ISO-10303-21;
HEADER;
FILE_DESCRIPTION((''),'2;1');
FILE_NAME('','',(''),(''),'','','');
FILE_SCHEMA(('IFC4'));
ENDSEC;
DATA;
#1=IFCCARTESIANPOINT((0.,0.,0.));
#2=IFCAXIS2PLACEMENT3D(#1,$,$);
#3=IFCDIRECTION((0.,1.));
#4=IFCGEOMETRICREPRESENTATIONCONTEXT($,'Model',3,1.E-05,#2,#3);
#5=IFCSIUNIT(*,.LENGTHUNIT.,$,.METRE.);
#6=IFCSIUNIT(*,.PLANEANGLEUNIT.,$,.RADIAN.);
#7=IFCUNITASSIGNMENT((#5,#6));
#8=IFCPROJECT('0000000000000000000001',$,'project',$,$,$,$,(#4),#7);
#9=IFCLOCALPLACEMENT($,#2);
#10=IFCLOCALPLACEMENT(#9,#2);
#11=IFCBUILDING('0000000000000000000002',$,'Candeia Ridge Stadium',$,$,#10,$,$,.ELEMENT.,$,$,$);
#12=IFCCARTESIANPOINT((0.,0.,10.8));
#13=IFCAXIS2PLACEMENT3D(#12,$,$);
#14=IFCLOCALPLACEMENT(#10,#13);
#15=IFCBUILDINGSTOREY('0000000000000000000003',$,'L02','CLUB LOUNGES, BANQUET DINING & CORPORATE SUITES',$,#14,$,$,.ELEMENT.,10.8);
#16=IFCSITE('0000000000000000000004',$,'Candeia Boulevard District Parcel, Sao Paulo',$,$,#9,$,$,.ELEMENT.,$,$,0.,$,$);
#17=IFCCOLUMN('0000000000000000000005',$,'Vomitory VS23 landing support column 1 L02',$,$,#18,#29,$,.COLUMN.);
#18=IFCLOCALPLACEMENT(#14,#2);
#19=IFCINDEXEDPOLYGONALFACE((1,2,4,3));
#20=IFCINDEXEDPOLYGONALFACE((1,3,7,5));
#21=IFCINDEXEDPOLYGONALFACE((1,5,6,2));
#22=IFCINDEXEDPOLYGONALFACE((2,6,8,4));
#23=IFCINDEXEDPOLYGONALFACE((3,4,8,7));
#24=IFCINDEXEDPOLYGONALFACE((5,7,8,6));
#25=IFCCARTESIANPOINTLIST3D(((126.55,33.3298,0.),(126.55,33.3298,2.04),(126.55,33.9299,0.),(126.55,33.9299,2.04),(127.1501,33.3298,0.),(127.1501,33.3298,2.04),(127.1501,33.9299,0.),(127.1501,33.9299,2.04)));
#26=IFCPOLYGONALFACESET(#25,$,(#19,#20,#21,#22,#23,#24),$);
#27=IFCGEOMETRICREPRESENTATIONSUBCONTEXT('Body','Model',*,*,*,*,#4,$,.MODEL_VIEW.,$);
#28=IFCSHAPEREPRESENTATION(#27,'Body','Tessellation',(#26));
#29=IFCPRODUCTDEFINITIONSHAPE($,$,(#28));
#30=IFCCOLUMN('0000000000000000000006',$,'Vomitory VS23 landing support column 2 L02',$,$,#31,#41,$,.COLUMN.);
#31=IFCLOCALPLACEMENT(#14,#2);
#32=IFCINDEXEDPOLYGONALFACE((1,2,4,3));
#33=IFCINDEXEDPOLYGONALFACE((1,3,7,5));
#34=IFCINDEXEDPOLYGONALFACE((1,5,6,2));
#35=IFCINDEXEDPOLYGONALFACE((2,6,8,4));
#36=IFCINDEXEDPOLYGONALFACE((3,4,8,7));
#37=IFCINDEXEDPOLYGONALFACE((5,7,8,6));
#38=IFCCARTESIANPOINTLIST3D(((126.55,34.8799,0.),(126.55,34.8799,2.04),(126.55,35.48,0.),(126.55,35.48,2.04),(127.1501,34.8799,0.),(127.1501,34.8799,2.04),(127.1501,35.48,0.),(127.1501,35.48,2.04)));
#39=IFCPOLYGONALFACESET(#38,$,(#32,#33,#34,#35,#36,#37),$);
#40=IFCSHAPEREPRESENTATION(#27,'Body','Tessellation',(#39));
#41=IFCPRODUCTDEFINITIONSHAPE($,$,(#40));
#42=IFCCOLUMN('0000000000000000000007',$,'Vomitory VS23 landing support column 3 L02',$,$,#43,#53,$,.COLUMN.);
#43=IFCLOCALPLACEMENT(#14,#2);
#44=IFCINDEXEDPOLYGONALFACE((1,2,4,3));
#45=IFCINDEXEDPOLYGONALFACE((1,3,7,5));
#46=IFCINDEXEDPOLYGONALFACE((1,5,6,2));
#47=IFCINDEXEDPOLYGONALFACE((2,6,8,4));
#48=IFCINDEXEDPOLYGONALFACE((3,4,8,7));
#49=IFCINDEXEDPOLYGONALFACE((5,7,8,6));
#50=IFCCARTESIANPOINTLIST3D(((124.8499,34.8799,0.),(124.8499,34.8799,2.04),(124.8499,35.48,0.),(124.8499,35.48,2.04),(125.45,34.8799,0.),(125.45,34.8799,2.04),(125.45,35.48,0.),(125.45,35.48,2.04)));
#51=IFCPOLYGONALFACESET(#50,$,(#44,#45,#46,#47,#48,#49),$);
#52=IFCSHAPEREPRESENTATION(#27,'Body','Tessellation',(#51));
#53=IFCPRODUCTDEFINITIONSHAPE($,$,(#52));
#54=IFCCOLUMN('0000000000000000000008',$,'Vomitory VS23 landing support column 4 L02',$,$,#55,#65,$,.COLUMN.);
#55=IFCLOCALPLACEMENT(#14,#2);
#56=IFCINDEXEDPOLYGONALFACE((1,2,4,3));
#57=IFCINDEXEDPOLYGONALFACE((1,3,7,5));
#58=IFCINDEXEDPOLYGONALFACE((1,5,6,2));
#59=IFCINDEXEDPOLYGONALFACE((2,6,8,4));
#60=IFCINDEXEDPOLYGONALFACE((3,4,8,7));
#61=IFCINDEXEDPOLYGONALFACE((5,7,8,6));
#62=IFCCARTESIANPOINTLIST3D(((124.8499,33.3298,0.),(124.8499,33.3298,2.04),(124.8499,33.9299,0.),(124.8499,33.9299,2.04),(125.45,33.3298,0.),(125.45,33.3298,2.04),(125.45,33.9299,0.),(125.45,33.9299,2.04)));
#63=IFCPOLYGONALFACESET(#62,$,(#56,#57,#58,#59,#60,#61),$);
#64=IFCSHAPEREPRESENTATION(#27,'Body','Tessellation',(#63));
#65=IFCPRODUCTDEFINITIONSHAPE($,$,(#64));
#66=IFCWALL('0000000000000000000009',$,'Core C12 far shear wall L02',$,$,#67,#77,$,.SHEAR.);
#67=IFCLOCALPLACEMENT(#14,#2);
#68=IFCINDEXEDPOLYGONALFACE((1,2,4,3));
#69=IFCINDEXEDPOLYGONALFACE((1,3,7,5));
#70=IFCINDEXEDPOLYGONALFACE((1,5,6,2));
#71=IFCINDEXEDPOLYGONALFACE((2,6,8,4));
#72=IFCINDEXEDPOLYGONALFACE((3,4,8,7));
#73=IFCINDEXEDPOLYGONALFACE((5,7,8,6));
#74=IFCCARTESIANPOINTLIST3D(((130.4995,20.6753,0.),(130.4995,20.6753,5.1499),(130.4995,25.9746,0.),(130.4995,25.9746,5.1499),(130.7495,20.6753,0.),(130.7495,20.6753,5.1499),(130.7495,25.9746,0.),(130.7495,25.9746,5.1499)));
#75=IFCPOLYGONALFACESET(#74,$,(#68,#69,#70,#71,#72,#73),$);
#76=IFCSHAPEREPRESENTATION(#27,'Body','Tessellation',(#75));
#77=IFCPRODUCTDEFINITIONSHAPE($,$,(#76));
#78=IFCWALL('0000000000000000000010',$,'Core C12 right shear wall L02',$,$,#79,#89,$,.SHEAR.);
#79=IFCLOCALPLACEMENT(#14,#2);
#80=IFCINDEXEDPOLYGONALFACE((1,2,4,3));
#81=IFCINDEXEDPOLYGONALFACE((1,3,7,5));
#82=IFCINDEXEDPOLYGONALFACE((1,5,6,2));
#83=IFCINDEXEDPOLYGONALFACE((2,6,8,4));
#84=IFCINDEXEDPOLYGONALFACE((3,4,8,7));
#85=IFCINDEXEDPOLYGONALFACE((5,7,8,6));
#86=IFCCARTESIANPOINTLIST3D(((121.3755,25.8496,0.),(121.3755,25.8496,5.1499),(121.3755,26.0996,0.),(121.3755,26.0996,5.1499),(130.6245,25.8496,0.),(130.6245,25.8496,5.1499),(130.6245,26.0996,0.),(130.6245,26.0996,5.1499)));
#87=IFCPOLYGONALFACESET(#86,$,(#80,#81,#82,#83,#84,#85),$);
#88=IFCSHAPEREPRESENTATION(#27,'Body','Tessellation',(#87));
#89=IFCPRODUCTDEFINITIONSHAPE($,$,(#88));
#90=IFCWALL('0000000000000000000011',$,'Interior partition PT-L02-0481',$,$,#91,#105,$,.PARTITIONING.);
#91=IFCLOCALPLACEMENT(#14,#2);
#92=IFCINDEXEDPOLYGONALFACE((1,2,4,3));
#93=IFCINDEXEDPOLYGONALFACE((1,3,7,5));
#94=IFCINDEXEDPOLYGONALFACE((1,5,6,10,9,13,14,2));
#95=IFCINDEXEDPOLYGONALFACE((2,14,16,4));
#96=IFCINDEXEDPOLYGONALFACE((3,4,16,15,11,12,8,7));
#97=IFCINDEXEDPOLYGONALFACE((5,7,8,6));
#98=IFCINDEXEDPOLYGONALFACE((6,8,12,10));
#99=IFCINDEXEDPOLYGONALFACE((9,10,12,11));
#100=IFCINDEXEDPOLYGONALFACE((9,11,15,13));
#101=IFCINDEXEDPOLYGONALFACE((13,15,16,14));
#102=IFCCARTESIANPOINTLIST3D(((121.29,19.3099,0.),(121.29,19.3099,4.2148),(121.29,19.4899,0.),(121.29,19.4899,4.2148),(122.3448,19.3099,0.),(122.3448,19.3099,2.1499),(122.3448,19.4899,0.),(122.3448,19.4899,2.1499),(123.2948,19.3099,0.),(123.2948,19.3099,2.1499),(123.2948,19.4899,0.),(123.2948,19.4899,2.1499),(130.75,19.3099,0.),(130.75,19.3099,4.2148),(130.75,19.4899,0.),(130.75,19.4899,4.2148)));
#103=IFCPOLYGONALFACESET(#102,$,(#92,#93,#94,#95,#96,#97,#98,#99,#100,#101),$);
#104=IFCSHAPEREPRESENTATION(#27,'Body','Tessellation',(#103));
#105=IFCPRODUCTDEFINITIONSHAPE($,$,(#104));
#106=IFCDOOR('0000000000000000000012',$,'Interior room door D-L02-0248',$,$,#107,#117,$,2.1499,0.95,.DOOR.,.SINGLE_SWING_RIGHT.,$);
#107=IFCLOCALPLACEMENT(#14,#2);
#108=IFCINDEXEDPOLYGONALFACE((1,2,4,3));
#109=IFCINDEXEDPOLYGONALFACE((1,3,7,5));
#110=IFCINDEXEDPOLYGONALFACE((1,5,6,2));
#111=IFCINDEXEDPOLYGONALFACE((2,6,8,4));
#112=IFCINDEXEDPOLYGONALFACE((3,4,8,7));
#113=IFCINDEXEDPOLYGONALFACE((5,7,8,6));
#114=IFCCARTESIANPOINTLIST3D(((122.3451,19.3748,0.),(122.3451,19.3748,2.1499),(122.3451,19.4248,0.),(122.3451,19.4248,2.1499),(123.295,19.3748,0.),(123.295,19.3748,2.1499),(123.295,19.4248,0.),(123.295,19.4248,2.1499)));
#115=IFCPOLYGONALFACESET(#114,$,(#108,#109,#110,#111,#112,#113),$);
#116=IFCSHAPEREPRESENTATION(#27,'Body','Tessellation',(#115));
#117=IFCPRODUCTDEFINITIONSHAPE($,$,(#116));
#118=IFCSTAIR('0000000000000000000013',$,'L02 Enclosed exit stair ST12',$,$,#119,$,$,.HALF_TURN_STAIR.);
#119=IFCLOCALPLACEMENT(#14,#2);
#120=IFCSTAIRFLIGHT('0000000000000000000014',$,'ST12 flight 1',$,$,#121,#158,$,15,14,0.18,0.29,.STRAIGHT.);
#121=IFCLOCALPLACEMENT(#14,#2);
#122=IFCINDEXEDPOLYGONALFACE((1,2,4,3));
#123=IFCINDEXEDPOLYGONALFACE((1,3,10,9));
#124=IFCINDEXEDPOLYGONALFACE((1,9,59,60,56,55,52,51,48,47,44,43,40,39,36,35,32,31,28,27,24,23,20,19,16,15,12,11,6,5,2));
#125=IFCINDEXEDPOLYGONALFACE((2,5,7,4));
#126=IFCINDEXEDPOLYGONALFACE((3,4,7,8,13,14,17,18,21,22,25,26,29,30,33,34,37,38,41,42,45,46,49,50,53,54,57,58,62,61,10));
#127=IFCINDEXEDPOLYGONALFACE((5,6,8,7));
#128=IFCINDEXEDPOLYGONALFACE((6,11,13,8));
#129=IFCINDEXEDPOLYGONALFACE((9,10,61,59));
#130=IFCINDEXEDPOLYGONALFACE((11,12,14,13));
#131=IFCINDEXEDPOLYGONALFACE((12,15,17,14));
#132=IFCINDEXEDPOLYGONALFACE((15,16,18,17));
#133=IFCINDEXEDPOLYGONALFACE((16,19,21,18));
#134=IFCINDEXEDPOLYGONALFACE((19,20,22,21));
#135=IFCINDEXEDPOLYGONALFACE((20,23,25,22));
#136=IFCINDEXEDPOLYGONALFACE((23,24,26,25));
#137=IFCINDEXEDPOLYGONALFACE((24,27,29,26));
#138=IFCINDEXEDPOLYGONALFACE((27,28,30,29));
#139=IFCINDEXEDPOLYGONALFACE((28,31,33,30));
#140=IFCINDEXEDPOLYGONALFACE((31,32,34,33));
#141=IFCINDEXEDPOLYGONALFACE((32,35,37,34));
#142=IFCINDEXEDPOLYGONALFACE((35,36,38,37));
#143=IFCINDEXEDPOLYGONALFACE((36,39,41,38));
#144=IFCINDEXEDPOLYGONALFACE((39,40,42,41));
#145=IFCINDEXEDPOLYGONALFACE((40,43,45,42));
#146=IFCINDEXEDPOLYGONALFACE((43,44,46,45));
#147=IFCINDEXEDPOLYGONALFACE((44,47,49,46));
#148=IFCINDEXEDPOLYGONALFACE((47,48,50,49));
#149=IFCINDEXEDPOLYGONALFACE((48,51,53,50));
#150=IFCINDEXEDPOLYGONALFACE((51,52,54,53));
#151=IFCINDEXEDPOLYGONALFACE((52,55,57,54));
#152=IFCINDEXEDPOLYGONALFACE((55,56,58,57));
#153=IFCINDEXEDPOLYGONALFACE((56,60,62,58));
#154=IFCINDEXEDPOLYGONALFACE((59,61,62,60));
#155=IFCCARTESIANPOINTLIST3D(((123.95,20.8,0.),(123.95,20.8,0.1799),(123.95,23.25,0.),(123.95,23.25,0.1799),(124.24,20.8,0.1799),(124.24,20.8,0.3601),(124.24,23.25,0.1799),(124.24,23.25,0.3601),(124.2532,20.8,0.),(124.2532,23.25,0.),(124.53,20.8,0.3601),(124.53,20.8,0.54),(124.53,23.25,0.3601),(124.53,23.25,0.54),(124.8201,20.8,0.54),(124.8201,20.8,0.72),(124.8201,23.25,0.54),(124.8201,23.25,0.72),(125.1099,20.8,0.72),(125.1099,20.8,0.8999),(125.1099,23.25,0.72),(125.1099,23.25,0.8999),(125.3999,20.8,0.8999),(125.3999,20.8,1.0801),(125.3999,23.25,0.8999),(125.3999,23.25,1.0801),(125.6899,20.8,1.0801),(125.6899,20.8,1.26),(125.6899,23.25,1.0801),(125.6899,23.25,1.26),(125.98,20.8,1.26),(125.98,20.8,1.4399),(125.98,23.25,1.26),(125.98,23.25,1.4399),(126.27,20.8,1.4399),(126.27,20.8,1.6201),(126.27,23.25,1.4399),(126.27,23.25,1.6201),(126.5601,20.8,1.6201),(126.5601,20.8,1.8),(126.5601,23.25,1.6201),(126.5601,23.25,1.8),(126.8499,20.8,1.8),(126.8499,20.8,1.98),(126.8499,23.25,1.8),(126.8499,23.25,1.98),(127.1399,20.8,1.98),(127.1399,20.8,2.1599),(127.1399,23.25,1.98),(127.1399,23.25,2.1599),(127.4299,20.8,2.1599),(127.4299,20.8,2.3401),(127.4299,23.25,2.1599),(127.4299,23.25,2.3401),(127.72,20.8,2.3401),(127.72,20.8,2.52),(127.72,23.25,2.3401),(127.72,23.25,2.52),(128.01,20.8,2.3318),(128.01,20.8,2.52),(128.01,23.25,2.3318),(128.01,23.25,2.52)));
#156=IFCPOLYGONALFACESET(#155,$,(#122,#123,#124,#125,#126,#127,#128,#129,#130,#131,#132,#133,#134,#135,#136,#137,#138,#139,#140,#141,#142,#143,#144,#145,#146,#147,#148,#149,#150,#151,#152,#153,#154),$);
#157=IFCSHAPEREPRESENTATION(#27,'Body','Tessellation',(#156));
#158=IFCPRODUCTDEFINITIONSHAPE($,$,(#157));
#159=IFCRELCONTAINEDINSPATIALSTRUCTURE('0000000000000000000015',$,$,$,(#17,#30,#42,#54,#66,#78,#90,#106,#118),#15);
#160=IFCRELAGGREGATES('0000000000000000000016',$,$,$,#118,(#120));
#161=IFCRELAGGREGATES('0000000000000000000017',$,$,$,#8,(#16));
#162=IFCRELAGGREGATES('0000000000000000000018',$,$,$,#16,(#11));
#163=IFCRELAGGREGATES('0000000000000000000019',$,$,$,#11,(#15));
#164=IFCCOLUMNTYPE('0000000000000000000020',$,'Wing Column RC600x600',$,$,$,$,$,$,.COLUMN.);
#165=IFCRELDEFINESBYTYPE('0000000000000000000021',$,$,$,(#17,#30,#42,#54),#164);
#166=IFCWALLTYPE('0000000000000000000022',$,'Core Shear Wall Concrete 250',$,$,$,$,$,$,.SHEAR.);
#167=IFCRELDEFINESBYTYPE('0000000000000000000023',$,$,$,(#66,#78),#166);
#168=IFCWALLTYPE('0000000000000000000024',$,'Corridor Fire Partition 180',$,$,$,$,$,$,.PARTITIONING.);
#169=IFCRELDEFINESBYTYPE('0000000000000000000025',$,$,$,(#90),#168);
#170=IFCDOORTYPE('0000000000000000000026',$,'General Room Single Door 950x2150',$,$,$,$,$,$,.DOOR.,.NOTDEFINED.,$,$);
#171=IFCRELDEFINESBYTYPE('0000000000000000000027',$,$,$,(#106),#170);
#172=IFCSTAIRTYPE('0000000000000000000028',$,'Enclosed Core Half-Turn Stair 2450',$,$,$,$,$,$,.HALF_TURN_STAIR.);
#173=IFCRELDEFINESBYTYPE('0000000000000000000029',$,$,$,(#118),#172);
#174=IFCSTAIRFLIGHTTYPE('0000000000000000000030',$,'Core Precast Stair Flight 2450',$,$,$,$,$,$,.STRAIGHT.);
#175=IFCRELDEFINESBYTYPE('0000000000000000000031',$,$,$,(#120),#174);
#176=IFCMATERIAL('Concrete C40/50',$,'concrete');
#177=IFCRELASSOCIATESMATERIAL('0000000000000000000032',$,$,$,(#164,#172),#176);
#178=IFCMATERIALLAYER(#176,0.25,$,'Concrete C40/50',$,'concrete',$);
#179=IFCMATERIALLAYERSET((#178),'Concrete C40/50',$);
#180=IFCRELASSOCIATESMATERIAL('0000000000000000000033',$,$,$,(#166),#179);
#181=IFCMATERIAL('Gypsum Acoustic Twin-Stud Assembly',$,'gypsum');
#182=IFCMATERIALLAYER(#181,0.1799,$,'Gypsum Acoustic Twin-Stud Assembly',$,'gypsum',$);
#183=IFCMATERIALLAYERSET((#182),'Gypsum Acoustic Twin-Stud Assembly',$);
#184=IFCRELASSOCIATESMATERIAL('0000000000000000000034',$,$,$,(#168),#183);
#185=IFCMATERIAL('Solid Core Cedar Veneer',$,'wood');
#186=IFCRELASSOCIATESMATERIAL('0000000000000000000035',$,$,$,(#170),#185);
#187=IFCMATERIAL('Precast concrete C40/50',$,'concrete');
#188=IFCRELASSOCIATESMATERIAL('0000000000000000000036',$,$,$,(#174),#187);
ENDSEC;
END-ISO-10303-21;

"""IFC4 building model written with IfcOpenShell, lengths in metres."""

from ifc_helpers import new_model, si_unit, direction, frame, frame_2d, origin, origin_2d, place, context, subcontext, project, spatial, polyline, rectangle, outline, extrude, material, layer, layer_set, material_profile, profile_set, type_object, element, fill, aggregate, save


model = new_model("IFC4")

# Units and contexts
model_context = context("Model", 3, precision=1e-05, world=origin(), true_north=direction((0.0, 1.0)))
body_context = subcontext(model_context, "Body", "Model", "MODEL_VIEW")
ifc_project = project(units=[si_unit("LENGTHUNIT", "METRE"), si_unit("PLANEANGLEUNIT", "RADIAN")], contexts=[model_context])

# Site, building, storey
site_placement = place(None, origin())
site = spatial("IfcSite", under=ifc_project, at=site_placement, Name="Candeia Boulevard District Parcel, Sao Paulo", CompositionType="ELEMENT", RefElevation=0.0)
building_placement = place(site_placement, origin())
building = spatial("IfcBuilding", under=site, at=building_placement, Name="Candeia Ridge Stadium", CompositionType="ELEMENT")
storey_placement = place(building_placement, frame((0.0, 0.0, 10.8)))
storey = spatial("IfcBuildingStorey", under=building, at=storey_placement, Name="L02", Description="CLUB LOUNGES, BANQUET DINING & CORPORATE SUITES", CompositionType="ELEMENT", Elevation=10.8)

# Columns
ifc_material_1 = material(Name="Concrete C40/50", Category="concrete")
ifc_material_profile = material_profile(ifc_material_1, rectangle(XDim=0.6001, YDim=0.6001, at=origin_2d()), Name="RC600x600", Category="concrete")
ifc_profile_set = profile_set([ifc_material_profile], Name="Concrete C40/50")
column_type = type_object("IfcColumnType", Name="Wing Column RC600x600", PredefinedType="COLUMN", material=ifc_profile_set)
for number, where, z_axis, x_axis, name in (
    (1, (126.8501, 33.6299, 0.0), (0.0, 0.0, 1.0), (1.0, 0.0, 0.0), "Vomitory VS23 landing support column 1 L02"),
    (2, (126.8501, 35.1799, 0.0), (0.0, 0.0, 1.0), (1.0, 0.0, 0.0), "Vomitory VS23 landing support column 2 L02"),
    (3, (125.1499, 35.1799, 0.0), (0.0, 0.0, 1.0), (1.0, 0.0, 0.0), "Vomitory VS23 landing support column 3 L02"),
    (4, (125.1499, 33.6299, 0.0), (0.0, 0.0, 1.0), (1.0, 0.0, 0.0), "Vomitory VS23 landing support column 4 L02"),
):
    element("IfcColumn", number, at=place(storey_placement, frame(where, z_axis=z_axis, x_axis=x_axis)), inside=storey, type_object=column_type, Name=name, PredefinedType="COLUMN", context=body_context, shape_type="SweptSolid", body=[
        extrude(rectangle(XDim=0.6001, YDim=0.6001, at=origin_2d()), origin(), (0.0, 0.0, 1.0), 2.04),
    ])

# Walls
ifc_layer_1 = layer(ifc_material_1, 0.25, Name="Concrete C40/50", Category="concrete")
ifc_layer_set_1 = layer_set([ifc_layer_1], Name="Concrete C40/50")
wall_type_1 = type_object("IfcWallType", Name="Core Shear Wall Concrete 250", PredefinedType="SHEAR", material=ifc_layer_set_1)
wall_1_placement = place(storey_placement, frame((130.6245, 20.6753, 0.0), z_axis=(0.0, 0.0, 1.0), x_axis=(0.0, 1.0, 0.0)))
element("IfcWall", 5, at=wall_1_placement, inside=storey, type_object=wall_type_1, Name="Core C12 far shear wall L02", PredefinedType="SHEAR", context=body_context, shape_type="SweptSolid", body=[
    extrude(rectangle(XDim=5.2993, YDim=0.25, at=frame_2d((2.6497, 0.0))), origin(), (0.0, 0.0, 1.0), 5.1499),
])
wall_2_placement = place(storey_placement, frame((130.6245, 25.9746, 0.0), z_axis=(0.0, 0.0, 1.0), x_axis=(-1.0, 0.0, 0.0)))
element("IfcWall", 6, at=wall_2_placement, inside=storey, type_object=wall_type_1, Name="Core C12 right shear wall L02", PredefinedType="SHEAR", context=body_context, shape_type="SweptSolid", body=[
    extrude(rectangle(XDim=9.249, YDim=0.25, at=frame_2d((4.6245, 0.0))), origin(), (0.0, 0.0, 1.0), 5.1499),
])

# Wall, opening, door
ifc_material_2 = material(Name="Gypsum Acoustic Twin-Stud Assembly", Category="gypsum")
ifc_layer_2 = layer(ifc_material_2, 0.1799, Name="Gypsum Acoustic Twin-Stud Assembly", Category="gypsum")
ifc_layer_set_2 = layer_set([ifc_layer_2], Name="Gypsum Acoustic Twin-Stud Assembly")
wall_type_2 = type_object("IfcWallType", Name="Corridor Fire Partition 180", PredefinedType="PARTITIONING", material=ifc_layer_set_2)
wall_3_placement = place(storey_placement, frame((130.75, 19.3999, 0.0), z_axis=(0.0, 0.0, 1.0), x_axis=(-1.0, 0.0, 0.0)))
wall_3 = element("IfcWall", 7, at=wall_3_placement, inside=storey, type_object=wall_type_2, Name="Interior partition PT-L02-0481", PredefinedType="PARTITIONING", context=body_context, shape_type="SweptSolid", body=[
    extrude(rectangle(XDim=9.46, YDim=0.1799, at=frame_2d((4.73, 0.0))), origin(), (0.0, 0.0, 1.0), 4.2148),
])
opening_placement = place(wall_3_placement, frame((7.4551, 0.0, 0.0)))
opening = element("IfcOpeningElement", 8, at=opening_placement, cuts=wall_3, PredefinedType="OPENING", context=body_context, shape_type="SweptSolid", body=[
    extrude(rectangle(XDim=0.95, YDim=2.1499, at=frame_2d((0.4751, 1.075))), frame((0.0, 0.0999, 0.0), z_axis=(0.0, -1.0, 0.0), x_axis=(1.0, 0.0, 0.0)), (0.0, 0.0, 1.0), 0.2),
])
ifc_material_3 = material(Name="Solid Core Cedar Veneer", Category="wood")
door_type = type_object("IfcDoorType", Name="General Room Single Door 950x2150", OperationType="NOTDEFINED", PredefinedType="DOOR", material=ifc_material_3)
door_placement = place(opening_placement, frame((0.95, 0.0, 0.0), z_axis=(0.0, 0.0, 1.0), x_axis=(-1.0, 0.0, 0.0)))
door = element("IfcDoor", 9, at=door_placement, inside=storey, type_object=door_type, Name="Interior room door D-L02-0248", OperationType="SINGLE_SWING_RIGHT", OverallHeight=2.1499, OverallWidth=0.95, PredefinedType="DOOR", context=body_context, shape_type="SweptSolid", body=[
    extrude(rectangle(XDim=0.95, YDim=2.1499, at=frame_2d((0.4751, 1.075))), frame((0.0, 0.0249, 0.0), z_axis=(0.0, -1.0, 0.0), x_axis=(1.0, 0.0, 0.0)), (0.0, 0.0, 1.0), 0.05),
])
fill(opening, door)

# Stair, stair flight
stair_type_1 = type_object("IfcStairType", Name="Enclosed Core Half-Turn Stair 2450", PredefinedType="HALF_TURN_STAIR", material=ifc_material_1)
stair_1_placement = place(storey_placement, origin())
stair_1 = element("IfcStair", 10, at=stair_1_placement, inside=storey, type_object=stair_type_1, Name="L02 Enclosed exit stair ST12", PredefinedType="HALF_TURN_STAIR")
ifc_material_4 = material(Name="Precast concrete C40/50", Category="concrete")
stair_flight_type_1 = type_object("IfcStairFlightType", Name="Core Precast Stair Flight 2450", PredefinedType="STRAIGHT", material=ifc_material_4)
stair_flight_1_placement = place(storey_placement, frame((123.95, 22.0249, 0.0), z_axis=(0.0, 0.0, 1.0), x_axis=(1.0, 0.0, 0.0)))
stair_flight_1 = element("IfcStairFlight", 11, at=stair_flight_1_placement, type_object=stair_flight_type_1, Name="ST12 flight 1", NumberOfRisers=15, NumberOfTreads=14, PredefinedType="STRAIGHT", RiserHeight=0.18, TreadLength=0.29, context=body_context, shape_type="SweptSolid", body=[
    extrude(outline(polyline([(0.0, 0.0), (0.0, 0.1799), (0.29, 0.1799), (0.29, 0.3601), (0.5801, 0.3601), (0.5801, 0.54), (0.8701, 0.54), (0.8701, 0.72), (1.1599, 0.72), (1.1599, 0.8999), (1.45, 0.8999), (1.45, 1.0801), (1.74, 1.0801), (1.74, 1.26), (2.03, 1.26), (2.03, 1.4399), (2.3201, 1.4399), (2.3201, 1.6201), (2.6101, 1.6201), (2.6101, 1.8), (2.8999, 1.8), (2.8999, 1.98), (3.1899, 1.98), (3.1899, 2.1599), (3.48, 2.1599), (3.48, 2.3401), (3.77, 2.3401), (3.77, 2.52), (4.0601, 2.52), (4.0601, 2.7), (4.0601, 2.3318), (0.3032, 0.0), (0.0, 0.0)])), frame((0.0, 1.2251, 0.0), z_axis=(0.0, -1.0, 0.0), x_axis=(1.0, 0.0, 0.0)), (0.0, 0.0, 1.0), 2.45),
])
aggregate(stair_1, [stair_flight_1])

save(model, "model.ifc")
